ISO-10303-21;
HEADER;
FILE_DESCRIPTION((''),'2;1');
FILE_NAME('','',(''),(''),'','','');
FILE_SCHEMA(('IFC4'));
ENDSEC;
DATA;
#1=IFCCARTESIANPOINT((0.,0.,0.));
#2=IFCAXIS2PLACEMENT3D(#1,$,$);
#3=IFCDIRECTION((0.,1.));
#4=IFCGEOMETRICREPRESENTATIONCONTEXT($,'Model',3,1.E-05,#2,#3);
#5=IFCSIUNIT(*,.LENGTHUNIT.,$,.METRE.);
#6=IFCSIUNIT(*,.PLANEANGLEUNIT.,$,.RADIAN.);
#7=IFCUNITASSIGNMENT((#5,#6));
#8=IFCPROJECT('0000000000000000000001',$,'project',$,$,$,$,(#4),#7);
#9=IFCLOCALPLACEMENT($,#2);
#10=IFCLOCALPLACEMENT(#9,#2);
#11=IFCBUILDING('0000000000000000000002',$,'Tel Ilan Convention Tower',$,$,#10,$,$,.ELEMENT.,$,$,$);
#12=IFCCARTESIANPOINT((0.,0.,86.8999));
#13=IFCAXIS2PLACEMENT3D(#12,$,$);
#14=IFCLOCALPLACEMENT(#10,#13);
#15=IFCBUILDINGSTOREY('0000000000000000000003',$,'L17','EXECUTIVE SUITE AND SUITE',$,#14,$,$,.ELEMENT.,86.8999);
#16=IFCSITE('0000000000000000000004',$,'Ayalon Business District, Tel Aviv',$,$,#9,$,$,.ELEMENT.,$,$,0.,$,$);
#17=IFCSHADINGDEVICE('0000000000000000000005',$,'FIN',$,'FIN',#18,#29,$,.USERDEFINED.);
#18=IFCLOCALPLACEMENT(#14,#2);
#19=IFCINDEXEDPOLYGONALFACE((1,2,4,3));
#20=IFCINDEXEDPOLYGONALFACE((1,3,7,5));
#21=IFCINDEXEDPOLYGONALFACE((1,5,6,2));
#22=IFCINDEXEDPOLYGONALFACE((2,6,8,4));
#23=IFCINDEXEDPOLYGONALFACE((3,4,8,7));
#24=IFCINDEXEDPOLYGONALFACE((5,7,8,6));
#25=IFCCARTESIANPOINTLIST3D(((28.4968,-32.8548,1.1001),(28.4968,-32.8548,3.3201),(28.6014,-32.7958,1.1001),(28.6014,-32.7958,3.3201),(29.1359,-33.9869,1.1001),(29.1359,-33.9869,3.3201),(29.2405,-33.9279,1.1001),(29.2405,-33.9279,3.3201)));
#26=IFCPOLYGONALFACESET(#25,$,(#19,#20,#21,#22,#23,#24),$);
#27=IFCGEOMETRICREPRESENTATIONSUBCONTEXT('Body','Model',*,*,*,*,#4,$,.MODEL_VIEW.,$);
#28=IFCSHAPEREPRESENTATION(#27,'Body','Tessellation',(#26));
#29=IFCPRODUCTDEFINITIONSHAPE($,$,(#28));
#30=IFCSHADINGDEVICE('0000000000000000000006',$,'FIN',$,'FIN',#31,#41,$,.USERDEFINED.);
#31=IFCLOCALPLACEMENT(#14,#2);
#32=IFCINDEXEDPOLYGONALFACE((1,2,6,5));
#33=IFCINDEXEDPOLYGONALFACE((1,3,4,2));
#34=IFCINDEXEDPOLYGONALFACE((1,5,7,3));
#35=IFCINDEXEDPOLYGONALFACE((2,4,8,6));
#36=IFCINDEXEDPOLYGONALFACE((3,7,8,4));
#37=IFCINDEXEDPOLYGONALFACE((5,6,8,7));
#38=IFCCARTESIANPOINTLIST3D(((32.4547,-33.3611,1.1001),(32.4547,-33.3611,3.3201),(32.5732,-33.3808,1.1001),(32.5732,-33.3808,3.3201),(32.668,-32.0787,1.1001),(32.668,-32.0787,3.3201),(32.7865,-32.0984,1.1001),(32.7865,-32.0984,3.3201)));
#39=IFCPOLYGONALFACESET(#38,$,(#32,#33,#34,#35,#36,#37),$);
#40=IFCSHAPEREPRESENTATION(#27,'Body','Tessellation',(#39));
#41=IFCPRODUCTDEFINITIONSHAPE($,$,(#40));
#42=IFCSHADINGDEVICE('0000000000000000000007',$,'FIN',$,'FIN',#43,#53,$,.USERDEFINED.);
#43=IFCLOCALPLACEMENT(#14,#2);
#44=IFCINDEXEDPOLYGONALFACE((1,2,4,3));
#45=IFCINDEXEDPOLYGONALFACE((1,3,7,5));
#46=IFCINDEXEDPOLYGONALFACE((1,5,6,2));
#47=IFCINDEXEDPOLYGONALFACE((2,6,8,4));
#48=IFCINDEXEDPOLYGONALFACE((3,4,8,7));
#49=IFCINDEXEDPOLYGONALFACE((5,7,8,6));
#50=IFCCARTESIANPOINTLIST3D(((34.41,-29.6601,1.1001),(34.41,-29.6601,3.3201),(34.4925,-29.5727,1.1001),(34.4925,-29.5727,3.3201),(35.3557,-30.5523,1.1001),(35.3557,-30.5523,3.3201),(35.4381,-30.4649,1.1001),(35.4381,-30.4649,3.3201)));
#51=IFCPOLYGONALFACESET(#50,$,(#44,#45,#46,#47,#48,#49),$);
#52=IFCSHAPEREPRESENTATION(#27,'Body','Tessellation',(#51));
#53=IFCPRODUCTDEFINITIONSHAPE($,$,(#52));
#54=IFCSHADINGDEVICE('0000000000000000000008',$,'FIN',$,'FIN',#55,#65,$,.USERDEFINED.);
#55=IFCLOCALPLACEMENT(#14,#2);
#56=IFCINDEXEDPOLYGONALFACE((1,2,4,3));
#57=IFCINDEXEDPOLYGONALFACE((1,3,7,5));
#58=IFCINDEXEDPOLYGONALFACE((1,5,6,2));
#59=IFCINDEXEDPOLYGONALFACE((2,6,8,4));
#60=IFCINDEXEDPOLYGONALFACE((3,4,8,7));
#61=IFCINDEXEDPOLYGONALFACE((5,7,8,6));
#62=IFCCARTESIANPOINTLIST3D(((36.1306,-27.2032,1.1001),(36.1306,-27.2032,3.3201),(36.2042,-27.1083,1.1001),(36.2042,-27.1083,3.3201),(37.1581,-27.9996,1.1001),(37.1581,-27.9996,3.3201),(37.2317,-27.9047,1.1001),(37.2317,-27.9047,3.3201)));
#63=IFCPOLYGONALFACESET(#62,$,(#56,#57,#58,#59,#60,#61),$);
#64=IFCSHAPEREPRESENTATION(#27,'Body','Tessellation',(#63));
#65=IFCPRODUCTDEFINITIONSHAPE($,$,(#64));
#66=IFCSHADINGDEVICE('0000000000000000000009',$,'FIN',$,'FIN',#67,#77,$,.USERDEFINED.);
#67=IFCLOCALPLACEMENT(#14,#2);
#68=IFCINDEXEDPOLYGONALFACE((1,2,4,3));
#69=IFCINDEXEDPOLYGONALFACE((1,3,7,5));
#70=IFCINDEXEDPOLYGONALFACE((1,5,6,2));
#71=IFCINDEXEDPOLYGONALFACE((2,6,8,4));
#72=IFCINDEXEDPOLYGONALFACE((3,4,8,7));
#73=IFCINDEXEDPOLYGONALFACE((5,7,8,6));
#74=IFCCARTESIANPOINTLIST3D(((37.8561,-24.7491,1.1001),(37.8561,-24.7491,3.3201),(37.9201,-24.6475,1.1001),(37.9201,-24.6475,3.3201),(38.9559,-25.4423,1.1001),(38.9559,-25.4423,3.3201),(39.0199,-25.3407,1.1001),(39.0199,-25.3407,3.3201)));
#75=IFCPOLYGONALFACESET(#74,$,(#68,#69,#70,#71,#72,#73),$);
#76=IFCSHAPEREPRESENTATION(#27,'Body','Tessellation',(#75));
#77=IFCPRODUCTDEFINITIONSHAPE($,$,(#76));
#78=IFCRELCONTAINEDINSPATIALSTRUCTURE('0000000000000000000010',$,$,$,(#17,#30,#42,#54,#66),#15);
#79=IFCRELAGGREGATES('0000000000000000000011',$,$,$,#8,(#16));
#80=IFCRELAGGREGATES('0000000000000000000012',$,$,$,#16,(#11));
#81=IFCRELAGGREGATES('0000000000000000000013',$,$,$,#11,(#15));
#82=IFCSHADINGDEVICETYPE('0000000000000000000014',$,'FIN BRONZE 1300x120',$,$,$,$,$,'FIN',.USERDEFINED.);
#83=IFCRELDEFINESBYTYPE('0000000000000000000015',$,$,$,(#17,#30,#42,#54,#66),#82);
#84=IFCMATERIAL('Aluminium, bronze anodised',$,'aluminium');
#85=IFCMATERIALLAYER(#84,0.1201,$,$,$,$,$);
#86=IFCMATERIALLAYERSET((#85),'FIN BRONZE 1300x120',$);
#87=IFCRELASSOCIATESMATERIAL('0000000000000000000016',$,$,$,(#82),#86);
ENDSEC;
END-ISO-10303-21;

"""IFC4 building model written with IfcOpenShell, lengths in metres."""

from ifc_helpers import new_model, si_unit, direction, frame, origin, origin_2d, place, context, subcontext, project, spatial, rectangle, extrude, material, layer, layer_set, type_object, element, save


model = new_model("IFC4")

# Units and contexts
model_context = context("Model", 3, precision=1e-05, world=origin(), true_north=direction((0.0, 1.0)))
body_context = subcontext(model_context, "Body", "Model", "MODEL_VIEW")
ifc_project = project(units=[si_unit("LENGTHUNIT", "METRE"), si_unit("PLANEANGLEUNIT", "RADIAN")], contexts=[model_context])

# Site, building, storey
site_placement = place(None, origin())
site = spatial("IfcSite", under=ifc_project, at=site_placement, Name="Ayalon Business District, Tel Aviv", CompositionType="ELEMENT", RefElevation=0.0)
building_placement = place(site_placement, origin())
building = spatial("IfcBuilding", under=site, at=building_placement, Name="Tel Ilan Convention Tower", CompositionType="ELEMENT")
storey_placement = place(building_placement, frame((0.0, 0.0, 86.8999)))
storey = spatial("IfcBuildingStorey", under=building, at=storey_placement, Name="L17", Description="EXECUTIVE SUITE AND SUITE", CompositionType="ELEMENT", Elevation=86.8999)

# Shading devices
ifc_material_1 = material(Name="Aluminium, bronze anodised", Category="aluminium")
ifc_layer_1 = layer(ifc_material_1, 0.1201)
ifc_layer_set_1 = layer_set([ifc_layer_1], Name="FIN BRONZE 1300x120")
shading_device_type = type_object("IfcShadingDeviceType", Name="FIN BRONZE 1300x120", ElementType="FIN", PredefinedType="USERDEFINED", material=ifc_layer_set_1)
for number, where, z_axis, x_axis, name in (
    (1, (28.8687, -33.3914, 1.1001), (0.0, 0.0, 1.0), (0.491579, -0.870833, 0.0), "FIN"),
    (2, (32.6206, -32.7297, 1.1001), (0.0, 0.0, 1.0), (-0.164091, -0.986445, 0.0), "FIN"),
    (3, (34.9241, -30.0625, 1.1001), (0.0, 0.0, 1.0), (0.727374, -0.686242, 0.0), "FIN"),
    (4, (36.6812, -27.554, 1.1001), (0.0, 0.0, 1.0), (0.790393, -0.612601, 0.0), "FIN"),
    (5, (38.438, -25.0449, 1.1001), (0.0, 0.0, 1.0), (0.845986, -0.533204, 0.0), "FIN"),
):
    element("IfcShadingDevice", number, at=place(storey_placement, frame(where, z_axis=z_axis, x_axis=x_axis)), inside=storey, type_object=shading_device_type, Name=name, ObjectType="FIN", PredefinedType="USERDEFINED", context=body_context, shape_type="SweptSolid", body=[
        extrude(rectangle(XDim=1.3, YDim=0.1201, at=origin_2d()), origin(), (0.0, 0.0, 1.0), 2.22),
    ])

save(model, "model.ifc")
